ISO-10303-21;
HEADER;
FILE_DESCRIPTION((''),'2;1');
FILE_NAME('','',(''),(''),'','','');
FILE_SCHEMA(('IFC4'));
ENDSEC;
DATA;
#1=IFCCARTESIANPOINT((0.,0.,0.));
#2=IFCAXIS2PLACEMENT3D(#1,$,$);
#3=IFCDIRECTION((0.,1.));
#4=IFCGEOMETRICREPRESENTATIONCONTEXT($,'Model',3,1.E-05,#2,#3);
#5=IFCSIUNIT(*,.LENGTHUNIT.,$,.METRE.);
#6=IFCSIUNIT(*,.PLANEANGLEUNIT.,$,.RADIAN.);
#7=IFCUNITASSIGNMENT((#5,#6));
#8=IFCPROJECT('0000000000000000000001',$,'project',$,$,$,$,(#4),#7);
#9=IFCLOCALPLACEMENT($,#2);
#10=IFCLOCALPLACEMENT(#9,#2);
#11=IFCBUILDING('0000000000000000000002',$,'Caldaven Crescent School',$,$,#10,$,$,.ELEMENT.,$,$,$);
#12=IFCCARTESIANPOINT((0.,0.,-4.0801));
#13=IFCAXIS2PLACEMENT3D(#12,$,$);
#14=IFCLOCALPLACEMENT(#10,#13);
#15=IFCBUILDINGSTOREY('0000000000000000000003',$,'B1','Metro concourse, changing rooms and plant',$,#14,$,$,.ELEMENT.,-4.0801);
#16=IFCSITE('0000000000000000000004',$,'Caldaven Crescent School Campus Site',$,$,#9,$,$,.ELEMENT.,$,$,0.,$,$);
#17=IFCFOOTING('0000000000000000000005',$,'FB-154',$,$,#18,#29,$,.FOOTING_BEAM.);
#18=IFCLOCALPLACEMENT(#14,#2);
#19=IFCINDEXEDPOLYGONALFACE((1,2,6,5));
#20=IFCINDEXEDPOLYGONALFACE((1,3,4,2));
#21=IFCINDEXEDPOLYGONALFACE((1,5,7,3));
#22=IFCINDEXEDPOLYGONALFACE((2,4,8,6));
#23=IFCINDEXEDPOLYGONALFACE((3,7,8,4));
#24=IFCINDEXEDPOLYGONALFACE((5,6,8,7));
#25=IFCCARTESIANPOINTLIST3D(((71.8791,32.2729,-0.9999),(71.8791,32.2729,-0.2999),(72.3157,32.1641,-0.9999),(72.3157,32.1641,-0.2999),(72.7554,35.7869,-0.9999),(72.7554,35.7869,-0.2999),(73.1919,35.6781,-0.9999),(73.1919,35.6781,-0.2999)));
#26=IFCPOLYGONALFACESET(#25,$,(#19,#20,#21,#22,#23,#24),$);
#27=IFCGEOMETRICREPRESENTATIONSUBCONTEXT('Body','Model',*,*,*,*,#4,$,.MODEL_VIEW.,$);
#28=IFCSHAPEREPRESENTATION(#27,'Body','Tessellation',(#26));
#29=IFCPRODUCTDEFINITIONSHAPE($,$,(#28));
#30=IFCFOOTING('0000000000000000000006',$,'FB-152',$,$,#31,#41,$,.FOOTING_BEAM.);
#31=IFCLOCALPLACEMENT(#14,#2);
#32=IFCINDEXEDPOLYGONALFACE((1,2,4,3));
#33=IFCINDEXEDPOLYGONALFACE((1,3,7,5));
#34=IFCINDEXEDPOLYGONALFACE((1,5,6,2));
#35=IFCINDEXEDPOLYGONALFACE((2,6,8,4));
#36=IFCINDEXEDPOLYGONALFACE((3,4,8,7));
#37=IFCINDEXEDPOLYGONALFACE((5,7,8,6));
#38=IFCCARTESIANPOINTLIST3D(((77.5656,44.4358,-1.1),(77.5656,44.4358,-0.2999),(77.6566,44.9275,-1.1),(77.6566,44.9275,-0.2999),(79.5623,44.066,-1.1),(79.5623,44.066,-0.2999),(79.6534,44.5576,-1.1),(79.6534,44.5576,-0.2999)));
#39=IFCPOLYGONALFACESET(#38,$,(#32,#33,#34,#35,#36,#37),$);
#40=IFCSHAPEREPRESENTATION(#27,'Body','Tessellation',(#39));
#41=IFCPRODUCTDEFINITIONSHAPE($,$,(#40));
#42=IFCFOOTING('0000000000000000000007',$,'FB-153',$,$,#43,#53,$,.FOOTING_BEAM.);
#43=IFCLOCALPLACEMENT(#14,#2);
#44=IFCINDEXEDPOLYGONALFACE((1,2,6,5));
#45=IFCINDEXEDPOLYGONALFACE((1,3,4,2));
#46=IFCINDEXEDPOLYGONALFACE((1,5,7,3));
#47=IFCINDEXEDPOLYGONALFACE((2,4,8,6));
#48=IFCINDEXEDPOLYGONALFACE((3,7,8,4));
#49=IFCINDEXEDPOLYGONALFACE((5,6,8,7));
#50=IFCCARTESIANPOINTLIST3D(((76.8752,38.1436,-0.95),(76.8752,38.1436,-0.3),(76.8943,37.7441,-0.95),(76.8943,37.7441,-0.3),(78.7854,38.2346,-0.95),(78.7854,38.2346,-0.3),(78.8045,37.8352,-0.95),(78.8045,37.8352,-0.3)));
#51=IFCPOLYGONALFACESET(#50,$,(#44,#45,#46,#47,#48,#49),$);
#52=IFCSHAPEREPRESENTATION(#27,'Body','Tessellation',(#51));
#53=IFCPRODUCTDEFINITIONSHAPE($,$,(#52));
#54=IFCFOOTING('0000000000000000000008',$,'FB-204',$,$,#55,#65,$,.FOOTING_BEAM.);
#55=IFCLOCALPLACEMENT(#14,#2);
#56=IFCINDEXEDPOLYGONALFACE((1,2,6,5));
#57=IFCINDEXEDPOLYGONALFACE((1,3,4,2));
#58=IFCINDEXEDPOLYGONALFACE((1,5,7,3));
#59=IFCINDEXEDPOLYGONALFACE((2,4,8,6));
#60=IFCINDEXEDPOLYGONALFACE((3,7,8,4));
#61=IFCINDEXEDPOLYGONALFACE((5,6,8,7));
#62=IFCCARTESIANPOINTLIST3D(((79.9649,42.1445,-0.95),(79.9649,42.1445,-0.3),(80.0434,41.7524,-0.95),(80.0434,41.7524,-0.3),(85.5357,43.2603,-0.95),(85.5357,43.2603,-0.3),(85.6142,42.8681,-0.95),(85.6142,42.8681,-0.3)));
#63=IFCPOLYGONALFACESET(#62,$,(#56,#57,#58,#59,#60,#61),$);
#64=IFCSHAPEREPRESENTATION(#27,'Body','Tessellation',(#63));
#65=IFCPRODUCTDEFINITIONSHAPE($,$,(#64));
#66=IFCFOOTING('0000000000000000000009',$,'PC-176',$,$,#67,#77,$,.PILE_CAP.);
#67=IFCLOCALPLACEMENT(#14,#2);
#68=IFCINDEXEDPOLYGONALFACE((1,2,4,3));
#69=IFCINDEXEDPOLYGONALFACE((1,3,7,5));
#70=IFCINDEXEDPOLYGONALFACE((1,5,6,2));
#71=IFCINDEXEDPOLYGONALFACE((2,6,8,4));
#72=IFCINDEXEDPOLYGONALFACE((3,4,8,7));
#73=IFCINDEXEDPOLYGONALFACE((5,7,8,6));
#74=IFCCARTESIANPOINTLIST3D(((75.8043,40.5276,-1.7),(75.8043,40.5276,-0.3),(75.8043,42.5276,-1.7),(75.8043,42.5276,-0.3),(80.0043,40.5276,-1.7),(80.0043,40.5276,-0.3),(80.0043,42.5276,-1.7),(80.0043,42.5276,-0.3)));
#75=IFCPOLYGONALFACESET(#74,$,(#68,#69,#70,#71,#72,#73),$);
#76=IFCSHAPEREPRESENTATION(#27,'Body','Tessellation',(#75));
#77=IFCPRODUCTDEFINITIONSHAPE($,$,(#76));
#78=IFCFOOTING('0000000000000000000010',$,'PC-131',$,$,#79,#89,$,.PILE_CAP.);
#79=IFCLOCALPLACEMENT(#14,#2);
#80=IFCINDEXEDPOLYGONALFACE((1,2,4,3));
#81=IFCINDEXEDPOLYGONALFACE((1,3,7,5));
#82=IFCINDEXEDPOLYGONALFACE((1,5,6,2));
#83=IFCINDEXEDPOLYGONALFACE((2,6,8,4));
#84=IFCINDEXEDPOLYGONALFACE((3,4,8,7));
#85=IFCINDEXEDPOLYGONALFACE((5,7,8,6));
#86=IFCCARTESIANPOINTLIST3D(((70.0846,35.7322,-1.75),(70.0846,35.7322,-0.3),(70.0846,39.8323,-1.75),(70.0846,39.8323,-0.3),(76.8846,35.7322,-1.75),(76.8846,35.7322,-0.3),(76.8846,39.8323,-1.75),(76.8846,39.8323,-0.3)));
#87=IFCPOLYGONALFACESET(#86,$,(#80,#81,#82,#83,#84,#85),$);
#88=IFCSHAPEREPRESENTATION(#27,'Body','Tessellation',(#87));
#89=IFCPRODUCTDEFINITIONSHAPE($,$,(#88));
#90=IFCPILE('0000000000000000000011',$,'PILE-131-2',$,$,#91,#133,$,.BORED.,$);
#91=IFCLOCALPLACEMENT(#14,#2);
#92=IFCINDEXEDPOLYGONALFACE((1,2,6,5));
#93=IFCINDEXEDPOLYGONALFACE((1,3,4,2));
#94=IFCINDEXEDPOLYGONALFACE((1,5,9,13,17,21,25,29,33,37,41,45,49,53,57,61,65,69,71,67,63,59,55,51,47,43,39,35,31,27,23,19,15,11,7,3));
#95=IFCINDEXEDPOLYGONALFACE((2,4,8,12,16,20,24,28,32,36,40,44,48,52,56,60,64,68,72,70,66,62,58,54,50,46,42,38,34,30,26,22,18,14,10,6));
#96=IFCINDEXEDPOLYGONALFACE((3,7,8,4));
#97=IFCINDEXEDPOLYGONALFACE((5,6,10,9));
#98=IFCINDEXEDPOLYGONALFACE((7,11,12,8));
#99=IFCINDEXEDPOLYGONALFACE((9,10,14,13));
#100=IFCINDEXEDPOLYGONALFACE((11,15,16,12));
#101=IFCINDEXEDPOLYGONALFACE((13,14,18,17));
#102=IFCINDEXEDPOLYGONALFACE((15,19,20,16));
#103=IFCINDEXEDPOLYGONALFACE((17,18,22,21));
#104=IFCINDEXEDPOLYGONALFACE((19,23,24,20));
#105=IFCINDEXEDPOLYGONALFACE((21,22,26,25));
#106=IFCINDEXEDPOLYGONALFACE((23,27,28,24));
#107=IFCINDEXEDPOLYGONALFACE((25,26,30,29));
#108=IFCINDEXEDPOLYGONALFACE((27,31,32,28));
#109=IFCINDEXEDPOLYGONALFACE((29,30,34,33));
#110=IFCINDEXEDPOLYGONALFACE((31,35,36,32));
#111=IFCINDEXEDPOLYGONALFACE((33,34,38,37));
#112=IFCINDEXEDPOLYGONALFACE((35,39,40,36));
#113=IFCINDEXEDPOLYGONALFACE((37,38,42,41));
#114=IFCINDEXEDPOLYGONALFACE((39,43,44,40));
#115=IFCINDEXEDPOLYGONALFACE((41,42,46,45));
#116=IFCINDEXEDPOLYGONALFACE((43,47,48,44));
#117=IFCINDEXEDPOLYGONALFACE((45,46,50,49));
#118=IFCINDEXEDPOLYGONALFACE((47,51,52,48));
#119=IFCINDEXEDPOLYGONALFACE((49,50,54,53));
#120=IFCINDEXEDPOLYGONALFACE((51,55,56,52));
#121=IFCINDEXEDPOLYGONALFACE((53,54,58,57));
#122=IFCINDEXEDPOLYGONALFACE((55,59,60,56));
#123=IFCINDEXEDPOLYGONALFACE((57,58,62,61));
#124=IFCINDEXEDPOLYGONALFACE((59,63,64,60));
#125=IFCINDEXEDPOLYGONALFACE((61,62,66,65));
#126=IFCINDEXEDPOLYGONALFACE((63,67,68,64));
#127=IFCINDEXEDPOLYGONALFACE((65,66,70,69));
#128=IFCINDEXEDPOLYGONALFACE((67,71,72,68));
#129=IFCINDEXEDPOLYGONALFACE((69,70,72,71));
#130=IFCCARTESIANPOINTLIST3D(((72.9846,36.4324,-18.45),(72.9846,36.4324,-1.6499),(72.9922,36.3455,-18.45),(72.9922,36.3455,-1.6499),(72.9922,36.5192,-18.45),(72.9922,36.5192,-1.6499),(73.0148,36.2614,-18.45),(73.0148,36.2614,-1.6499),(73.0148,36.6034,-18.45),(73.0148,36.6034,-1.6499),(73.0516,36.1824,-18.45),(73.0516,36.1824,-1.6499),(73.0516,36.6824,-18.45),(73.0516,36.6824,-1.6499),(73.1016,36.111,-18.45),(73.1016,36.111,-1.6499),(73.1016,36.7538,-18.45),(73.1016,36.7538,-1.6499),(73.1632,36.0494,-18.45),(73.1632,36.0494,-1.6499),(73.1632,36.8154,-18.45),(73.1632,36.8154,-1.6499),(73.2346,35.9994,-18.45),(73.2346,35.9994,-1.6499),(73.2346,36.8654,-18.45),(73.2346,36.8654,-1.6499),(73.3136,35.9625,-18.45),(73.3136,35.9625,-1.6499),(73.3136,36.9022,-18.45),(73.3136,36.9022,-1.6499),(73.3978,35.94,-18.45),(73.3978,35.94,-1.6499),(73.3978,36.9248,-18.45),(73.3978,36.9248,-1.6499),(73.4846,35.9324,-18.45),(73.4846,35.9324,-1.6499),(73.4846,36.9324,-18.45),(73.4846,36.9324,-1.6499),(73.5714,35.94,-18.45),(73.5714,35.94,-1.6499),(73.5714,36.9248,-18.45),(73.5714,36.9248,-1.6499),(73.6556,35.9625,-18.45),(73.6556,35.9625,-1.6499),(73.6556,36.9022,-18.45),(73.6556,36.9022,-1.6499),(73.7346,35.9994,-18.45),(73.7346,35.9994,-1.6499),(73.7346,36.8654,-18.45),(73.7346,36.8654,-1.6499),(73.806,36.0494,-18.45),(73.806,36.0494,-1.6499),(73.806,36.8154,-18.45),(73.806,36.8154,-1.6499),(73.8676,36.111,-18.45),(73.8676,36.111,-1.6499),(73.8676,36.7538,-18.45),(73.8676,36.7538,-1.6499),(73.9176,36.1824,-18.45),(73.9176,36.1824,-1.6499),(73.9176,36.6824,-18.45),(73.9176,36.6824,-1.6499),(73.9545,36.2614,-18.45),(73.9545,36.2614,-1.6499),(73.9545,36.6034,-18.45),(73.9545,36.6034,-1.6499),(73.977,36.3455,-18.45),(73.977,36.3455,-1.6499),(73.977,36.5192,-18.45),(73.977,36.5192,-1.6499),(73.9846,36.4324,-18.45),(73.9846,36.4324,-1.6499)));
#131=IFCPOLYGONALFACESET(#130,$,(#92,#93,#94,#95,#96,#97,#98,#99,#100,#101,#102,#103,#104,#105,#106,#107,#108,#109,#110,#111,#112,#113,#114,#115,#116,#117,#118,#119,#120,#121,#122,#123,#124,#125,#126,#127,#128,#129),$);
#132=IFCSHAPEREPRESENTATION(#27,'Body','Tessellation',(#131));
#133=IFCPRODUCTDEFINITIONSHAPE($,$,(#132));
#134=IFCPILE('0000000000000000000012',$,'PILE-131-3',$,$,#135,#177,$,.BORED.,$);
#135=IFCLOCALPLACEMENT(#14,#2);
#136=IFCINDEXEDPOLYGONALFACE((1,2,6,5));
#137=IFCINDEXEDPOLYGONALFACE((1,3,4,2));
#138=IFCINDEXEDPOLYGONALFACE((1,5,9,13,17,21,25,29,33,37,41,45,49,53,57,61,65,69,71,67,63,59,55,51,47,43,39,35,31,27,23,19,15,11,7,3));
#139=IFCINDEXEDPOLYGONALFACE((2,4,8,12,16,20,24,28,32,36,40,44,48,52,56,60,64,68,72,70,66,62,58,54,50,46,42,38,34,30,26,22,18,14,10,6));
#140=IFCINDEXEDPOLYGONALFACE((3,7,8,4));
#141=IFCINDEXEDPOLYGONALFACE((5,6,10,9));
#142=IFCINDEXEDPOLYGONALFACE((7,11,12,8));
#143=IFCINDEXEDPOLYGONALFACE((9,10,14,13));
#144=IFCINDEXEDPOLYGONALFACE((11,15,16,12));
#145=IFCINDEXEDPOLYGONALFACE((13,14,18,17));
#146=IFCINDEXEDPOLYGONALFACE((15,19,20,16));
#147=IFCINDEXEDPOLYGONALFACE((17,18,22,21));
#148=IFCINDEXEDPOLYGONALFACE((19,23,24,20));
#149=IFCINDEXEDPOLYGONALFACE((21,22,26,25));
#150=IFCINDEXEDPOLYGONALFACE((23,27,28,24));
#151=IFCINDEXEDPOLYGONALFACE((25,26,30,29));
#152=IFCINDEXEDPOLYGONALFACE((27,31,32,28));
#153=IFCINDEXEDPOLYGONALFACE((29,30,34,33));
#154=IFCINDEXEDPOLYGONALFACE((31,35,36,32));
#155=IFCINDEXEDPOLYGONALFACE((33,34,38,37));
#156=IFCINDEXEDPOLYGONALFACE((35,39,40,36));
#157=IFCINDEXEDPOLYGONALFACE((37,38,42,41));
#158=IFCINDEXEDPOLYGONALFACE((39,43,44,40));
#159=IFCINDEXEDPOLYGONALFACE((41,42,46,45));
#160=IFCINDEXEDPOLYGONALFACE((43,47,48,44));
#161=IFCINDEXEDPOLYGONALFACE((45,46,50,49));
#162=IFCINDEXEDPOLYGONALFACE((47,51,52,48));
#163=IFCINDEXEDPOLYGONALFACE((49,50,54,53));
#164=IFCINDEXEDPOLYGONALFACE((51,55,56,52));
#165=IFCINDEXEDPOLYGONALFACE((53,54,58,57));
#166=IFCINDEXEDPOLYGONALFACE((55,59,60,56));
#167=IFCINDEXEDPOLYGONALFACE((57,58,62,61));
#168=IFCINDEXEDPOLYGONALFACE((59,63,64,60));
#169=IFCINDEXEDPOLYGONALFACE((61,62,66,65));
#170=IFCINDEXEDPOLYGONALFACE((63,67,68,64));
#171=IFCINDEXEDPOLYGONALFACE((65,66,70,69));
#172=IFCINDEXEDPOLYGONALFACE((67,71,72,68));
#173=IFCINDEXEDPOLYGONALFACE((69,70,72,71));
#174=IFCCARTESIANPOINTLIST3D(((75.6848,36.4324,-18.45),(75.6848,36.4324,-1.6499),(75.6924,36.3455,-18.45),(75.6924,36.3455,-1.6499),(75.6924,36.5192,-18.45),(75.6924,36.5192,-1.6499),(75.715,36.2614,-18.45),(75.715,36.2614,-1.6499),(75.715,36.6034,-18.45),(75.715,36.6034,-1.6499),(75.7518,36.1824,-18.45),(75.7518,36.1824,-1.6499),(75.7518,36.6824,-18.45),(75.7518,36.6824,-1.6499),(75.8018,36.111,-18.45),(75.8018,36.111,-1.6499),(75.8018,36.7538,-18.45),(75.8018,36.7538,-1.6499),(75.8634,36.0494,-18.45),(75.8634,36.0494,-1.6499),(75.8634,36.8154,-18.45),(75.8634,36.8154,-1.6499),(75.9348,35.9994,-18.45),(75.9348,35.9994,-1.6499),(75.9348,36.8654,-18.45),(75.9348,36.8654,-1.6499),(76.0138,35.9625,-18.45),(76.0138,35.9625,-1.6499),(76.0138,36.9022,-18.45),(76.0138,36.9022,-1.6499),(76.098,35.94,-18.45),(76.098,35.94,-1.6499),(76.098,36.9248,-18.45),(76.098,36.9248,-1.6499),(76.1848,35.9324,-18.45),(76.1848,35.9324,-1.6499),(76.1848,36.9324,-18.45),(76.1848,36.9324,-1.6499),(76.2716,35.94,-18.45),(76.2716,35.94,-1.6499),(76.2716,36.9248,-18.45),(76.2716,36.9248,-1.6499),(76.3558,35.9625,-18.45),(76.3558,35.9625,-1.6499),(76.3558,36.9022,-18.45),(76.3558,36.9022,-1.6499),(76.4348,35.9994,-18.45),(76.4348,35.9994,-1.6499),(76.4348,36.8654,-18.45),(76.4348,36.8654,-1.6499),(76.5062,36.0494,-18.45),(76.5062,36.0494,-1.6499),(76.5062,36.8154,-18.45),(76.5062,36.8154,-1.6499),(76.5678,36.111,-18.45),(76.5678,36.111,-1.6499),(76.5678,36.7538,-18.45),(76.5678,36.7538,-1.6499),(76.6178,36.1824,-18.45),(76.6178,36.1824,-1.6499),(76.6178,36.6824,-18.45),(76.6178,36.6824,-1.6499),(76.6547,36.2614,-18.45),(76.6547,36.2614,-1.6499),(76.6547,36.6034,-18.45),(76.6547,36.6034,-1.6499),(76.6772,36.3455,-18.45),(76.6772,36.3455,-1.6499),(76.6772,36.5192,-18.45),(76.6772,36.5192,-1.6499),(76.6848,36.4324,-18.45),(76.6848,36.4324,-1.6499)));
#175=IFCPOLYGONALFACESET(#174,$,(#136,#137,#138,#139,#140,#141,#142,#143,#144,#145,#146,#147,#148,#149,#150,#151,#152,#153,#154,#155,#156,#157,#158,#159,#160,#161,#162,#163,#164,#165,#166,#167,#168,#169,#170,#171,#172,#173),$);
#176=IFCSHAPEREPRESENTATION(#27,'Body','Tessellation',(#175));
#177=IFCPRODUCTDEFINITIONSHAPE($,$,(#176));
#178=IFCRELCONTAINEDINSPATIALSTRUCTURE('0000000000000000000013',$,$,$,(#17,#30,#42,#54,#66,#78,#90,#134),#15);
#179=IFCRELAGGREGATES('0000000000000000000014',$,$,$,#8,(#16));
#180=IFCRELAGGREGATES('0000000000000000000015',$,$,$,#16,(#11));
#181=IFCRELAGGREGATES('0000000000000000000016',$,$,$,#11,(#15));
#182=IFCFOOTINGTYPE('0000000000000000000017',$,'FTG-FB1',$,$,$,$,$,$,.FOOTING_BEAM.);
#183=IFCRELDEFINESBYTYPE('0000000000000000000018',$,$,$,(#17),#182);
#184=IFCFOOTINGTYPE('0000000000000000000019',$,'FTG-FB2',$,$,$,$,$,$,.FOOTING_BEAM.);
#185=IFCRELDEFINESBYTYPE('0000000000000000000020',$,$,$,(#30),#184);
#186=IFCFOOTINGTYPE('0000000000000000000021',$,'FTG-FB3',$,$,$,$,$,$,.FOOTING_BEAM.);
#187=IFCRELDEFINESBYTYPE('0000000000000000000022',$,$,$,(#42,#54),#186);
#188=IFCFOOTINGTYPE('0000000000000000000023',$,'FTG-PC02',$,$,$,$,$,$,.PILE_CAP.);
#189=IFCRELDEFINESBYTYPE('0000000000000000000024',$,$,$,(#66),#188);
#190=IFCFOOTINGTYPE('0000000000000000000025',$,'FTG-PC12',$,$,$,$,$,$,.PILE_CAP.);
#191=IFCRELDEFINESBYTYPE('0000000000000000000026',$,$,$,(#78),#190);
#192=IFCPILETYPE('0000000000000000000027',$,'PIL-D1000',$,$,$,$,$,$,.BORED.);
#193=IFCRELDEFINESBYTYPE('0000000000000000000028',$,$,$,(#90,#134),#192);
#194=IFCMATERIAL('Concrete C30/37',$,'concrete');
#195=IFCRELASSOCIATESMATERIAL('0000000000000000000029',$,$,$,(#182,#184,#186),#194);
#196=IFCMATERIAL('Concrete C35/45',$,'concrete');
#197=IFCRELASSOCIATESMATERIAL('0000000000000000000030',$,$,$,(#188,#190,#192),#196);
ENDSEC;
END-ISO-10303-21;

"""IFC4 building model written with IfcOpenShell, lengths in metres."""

from ifc_helpers import new_model, si_unit, direction, frame, origin, origin_2d, place, context, subcontext, project, spatial, rectangle, circle, extrude, material, material_profile, profile_set, type_object, element, save


model = new_model("IFC4")

# Units and contexts
model_context = context("Model", 3, precision=1e-05, world=origin(), true_north=direction((0.0, 1.0)))
body_context = subcontext(model_context, "Body", "Model", "MODEL_VIEW")
ifc_project = project(units=[si_unit("LENGTHUNIT", "METRE"), si_unit("PLANEANGLEUNIT", "RADIAN")], contexts=[model_context])

# Site, building, storey
site_placement = place(None, origin())
site = spatial("IfcSite", under=ifc_project, at=site_placement, Name="Caldaven Crescent School Campus Site", CompositionType="ELEMENT", RefElevation=0.0)
building_placement = place(site_placement, origin())
building = spatial("IfcBuilding", under=site, at=building_placement, Name="Caldaven Crescent School", CompositionType="ELEMENT")
storey_placement = place(building_placement, frame((0.0, 0.0, -4.0801)))
storey = spatial("IfcBuildingStorey", under=building, at=storey_placement, Name="B1", Description="Metro concourse, changing rooms and plant", CompositionType="ELEMENT", Elevation=-4.0801)

# Footings
ifc_material_1 = material(Name="Concrete C30/37", Category="concrete")
ifc_material_profile_1 = material_profile(ifc_material_1, rectangle(XDim=0.45, YDim=0.7, at=origin_2d()), Name="FB 450x700")
ifc_profile_set_1 = profile_set([ifc_material_profile_1], Name="Concrete C30/37")
footing_type_1 = type_object("IfcFootingType", Name="FTG-FB1", PredefinedType="FOOTING_BEAM", material=ifc_profile_set_1)
footing_1_placement = place(storey_placement, frame((72.0974, 32.2185, -0.6499), z_axis=(0.241949, 0.970289, 0.0), x_axis=(-0.970289, 0.241949, 0.0)))
element("IfcFooting", 1, at=footing_1_placement, inside=storey, type_object=footing_type_1, Name="FB-154", PredefinedType="FOOTING_BEAM", context=body_context, shape_type="SweptSolid", body=[
    extrude(rectangle(XDim=0.45, YDim=0.7, at=origin_2d()), origin(), (0.0, 0.0, 1.0), 3.6216),
])
ifc_material_profile_2 = material_profile(ifc_material_1, rectangle(XDim=0.5, YDim=0.8, at=origin_2d()), Name="FB 500x800")
ifc_profile_set_2 = profile_set([ifc_material_profile_2], Name="Concrete C30/37")
footing_type_2 = type_object("IfcFootingType", Name="FTG-FB2", PredefinedType="FOOTING_BEAM", material=ifc_profile_set_2)
footing_2_placement = place(storey_placement, frame((77.6111, 44.6816, -0.7), z_axis=(0.983274, -0.182132, 0.0), x_axis=(0.182132, 0.983274, 0.0)))
element("IfcFooting", 2, at=footing_2_placement, inside=storey, type_object=footing_type_2, Name="FB-152", PredefinedType="FOOTING_BEAM", context=body_context, shape_type="SweptSolid", body=[
    extrude(rectangle(XDim=0.5, YDim=0.8, at=origin_2d()), origin(), (0.0, 0.0, 1.0), 2.0308),
])
ifc_material_profile_3 = material_profile(ifc_material_1, rectangle(XDim=0.3999, YDim=0.6499, at=origin_2d()), Name="FB 400x650")
ifc_profile_set_3 = profile_set([ifc_material_profile_3], Name="Concrete C30/37")
footing_type_3 = type_object("IfcFootingType", Name="FTG-FB3", PredefinedType="FOOTING_BEAM", material=ifc_profile_set_3)
footing_3_placement = place(storey_placement, frame((76.8848, 37.9438, -0.625), z_axis=(0.998866, 0.04762, 0.0), x_axis=(-0.04762, 0.998866, 0.0)))
element("IfcFooting", 3, at=footing_3_placement, inside=storey, type_object=footing_type_3, Name="FB-153", PredefinedType="FOOTING_BEAM", context=body_context, shape_type="SweptSolid", body=[
    extrude(rectangle(XDim=0.3999, YDim=0.6499, at=origin_2d()), origin(), (0.0, 0.0, 1.0), 1.9124),
])
footing_4_placement = place(storey_placement, frame((80.0042, 41.9485, -0.625), z_axis=(0.980528, 0.196381, 0.0), x_axis=(-0.196381, 0.980528, 0.0)))
element("IfcFooting", 4, at=footing_4_placement, inside=storey, type_object=footing_type_3, Name="FB-204", PredefinedType="FOOTING_BEAM", context=body_context, shape_type="SweptSolid", body=[
    extrude(rectangle(XDim=0.3999, YDim=0.6499, at=origin_2d()), origin(), (0.0, 0.0, 1.0), 5.6814),
])
ifc_material_2 = material(Name="Concrete C35/45", Category="concrete")
footing_type_4 = type_object("IfcFootingType", Name="FTG-PC02", PredefinedType="PILE_CAP", material=ifc_material_2)
footing_5_placement = place(storey_placement, frame((77.9043, 41.5276, -1.7), z_axis=(0.0, 0.0, 1.0), x_axis=(1.0, 0.0, 0.0)))
element("IfcFooting", 5, at=footing_5_placement, inside=storey, type_object=footing_type_4, Name="PC-176", PredefinedType="PILE_CAP", context=body_context, shape_type="SweptSolid", body=[
    extrude(rectangle(XDim=4.2, YDim=2.0, at=origin_2d()), origin(), (0.0, 0.0, 1.0), 1.3999),
])
footing_type_5 = type_object("IfcFootingType", Name="FTG-PC12", PredefinedType="PILE_CAP", material=ifc_material_2)
footing_6_placement = place(storey_placement, frame((73.4846, 37.7822, -1.75), z_axis=(0.0, 0.0, 1.0), x_axis=(1.0, 0.0, 0.0)))
element("IfcFooting", 6, at=footing_6_placement, inside=storey, type_object=footing_type_5, Name="PC-131", PredefinedType="PILE_CAP", context=body_context, shape_type="SweptSolid", body=[
    extrude(rectangle(XDim=6.8, YDim=4.1001, at=origin_2d()), origin(), (0.0, 0.0, 1.0), 1.45),
])

# Piles
ifc_material_profile_4 = material_profile(ifc_material_2, circle(Radius=0.5, at=origin_2d()), Name="PILE D1000")
ifc_profile_set_4 = profile_set([ifc_material_profile_4], Name="Concrete C35/45")
pile_type_1 = type_object("IfcPileType", Name="PIL-D1000", PredefinedType="BORED", material=ifc_profile_set_4)
for number, where, z_axis, x_axis, name in (
    (7, (73.4846, 36.4324, -1.6499), (0.0, 0.0, -1.0), (1.0, 0.0, 0.0), "PILE-131-2"),
    (8, (76.1848, 36.4324, -1.6499), (0.0, 0.0, -1.0), (1.0, 0.0, 0.0), "PILE-131-3"),
):
    element("IfcPile", number, at=place(storey_placement, frame(where, z_axis=z_axis, x_axis=x_axis)), inside=storey, type_object=pile_type_1, Name=name, PredefinedType="BORED", context=body_context, shape_type="SweptSolid", body=[
        extrude(circle(Radius=0.5, at=origin_2d()), origin(), (0.0, 0.0, 1.0), 16.8),
    ])

save(model, "model.ifc")
